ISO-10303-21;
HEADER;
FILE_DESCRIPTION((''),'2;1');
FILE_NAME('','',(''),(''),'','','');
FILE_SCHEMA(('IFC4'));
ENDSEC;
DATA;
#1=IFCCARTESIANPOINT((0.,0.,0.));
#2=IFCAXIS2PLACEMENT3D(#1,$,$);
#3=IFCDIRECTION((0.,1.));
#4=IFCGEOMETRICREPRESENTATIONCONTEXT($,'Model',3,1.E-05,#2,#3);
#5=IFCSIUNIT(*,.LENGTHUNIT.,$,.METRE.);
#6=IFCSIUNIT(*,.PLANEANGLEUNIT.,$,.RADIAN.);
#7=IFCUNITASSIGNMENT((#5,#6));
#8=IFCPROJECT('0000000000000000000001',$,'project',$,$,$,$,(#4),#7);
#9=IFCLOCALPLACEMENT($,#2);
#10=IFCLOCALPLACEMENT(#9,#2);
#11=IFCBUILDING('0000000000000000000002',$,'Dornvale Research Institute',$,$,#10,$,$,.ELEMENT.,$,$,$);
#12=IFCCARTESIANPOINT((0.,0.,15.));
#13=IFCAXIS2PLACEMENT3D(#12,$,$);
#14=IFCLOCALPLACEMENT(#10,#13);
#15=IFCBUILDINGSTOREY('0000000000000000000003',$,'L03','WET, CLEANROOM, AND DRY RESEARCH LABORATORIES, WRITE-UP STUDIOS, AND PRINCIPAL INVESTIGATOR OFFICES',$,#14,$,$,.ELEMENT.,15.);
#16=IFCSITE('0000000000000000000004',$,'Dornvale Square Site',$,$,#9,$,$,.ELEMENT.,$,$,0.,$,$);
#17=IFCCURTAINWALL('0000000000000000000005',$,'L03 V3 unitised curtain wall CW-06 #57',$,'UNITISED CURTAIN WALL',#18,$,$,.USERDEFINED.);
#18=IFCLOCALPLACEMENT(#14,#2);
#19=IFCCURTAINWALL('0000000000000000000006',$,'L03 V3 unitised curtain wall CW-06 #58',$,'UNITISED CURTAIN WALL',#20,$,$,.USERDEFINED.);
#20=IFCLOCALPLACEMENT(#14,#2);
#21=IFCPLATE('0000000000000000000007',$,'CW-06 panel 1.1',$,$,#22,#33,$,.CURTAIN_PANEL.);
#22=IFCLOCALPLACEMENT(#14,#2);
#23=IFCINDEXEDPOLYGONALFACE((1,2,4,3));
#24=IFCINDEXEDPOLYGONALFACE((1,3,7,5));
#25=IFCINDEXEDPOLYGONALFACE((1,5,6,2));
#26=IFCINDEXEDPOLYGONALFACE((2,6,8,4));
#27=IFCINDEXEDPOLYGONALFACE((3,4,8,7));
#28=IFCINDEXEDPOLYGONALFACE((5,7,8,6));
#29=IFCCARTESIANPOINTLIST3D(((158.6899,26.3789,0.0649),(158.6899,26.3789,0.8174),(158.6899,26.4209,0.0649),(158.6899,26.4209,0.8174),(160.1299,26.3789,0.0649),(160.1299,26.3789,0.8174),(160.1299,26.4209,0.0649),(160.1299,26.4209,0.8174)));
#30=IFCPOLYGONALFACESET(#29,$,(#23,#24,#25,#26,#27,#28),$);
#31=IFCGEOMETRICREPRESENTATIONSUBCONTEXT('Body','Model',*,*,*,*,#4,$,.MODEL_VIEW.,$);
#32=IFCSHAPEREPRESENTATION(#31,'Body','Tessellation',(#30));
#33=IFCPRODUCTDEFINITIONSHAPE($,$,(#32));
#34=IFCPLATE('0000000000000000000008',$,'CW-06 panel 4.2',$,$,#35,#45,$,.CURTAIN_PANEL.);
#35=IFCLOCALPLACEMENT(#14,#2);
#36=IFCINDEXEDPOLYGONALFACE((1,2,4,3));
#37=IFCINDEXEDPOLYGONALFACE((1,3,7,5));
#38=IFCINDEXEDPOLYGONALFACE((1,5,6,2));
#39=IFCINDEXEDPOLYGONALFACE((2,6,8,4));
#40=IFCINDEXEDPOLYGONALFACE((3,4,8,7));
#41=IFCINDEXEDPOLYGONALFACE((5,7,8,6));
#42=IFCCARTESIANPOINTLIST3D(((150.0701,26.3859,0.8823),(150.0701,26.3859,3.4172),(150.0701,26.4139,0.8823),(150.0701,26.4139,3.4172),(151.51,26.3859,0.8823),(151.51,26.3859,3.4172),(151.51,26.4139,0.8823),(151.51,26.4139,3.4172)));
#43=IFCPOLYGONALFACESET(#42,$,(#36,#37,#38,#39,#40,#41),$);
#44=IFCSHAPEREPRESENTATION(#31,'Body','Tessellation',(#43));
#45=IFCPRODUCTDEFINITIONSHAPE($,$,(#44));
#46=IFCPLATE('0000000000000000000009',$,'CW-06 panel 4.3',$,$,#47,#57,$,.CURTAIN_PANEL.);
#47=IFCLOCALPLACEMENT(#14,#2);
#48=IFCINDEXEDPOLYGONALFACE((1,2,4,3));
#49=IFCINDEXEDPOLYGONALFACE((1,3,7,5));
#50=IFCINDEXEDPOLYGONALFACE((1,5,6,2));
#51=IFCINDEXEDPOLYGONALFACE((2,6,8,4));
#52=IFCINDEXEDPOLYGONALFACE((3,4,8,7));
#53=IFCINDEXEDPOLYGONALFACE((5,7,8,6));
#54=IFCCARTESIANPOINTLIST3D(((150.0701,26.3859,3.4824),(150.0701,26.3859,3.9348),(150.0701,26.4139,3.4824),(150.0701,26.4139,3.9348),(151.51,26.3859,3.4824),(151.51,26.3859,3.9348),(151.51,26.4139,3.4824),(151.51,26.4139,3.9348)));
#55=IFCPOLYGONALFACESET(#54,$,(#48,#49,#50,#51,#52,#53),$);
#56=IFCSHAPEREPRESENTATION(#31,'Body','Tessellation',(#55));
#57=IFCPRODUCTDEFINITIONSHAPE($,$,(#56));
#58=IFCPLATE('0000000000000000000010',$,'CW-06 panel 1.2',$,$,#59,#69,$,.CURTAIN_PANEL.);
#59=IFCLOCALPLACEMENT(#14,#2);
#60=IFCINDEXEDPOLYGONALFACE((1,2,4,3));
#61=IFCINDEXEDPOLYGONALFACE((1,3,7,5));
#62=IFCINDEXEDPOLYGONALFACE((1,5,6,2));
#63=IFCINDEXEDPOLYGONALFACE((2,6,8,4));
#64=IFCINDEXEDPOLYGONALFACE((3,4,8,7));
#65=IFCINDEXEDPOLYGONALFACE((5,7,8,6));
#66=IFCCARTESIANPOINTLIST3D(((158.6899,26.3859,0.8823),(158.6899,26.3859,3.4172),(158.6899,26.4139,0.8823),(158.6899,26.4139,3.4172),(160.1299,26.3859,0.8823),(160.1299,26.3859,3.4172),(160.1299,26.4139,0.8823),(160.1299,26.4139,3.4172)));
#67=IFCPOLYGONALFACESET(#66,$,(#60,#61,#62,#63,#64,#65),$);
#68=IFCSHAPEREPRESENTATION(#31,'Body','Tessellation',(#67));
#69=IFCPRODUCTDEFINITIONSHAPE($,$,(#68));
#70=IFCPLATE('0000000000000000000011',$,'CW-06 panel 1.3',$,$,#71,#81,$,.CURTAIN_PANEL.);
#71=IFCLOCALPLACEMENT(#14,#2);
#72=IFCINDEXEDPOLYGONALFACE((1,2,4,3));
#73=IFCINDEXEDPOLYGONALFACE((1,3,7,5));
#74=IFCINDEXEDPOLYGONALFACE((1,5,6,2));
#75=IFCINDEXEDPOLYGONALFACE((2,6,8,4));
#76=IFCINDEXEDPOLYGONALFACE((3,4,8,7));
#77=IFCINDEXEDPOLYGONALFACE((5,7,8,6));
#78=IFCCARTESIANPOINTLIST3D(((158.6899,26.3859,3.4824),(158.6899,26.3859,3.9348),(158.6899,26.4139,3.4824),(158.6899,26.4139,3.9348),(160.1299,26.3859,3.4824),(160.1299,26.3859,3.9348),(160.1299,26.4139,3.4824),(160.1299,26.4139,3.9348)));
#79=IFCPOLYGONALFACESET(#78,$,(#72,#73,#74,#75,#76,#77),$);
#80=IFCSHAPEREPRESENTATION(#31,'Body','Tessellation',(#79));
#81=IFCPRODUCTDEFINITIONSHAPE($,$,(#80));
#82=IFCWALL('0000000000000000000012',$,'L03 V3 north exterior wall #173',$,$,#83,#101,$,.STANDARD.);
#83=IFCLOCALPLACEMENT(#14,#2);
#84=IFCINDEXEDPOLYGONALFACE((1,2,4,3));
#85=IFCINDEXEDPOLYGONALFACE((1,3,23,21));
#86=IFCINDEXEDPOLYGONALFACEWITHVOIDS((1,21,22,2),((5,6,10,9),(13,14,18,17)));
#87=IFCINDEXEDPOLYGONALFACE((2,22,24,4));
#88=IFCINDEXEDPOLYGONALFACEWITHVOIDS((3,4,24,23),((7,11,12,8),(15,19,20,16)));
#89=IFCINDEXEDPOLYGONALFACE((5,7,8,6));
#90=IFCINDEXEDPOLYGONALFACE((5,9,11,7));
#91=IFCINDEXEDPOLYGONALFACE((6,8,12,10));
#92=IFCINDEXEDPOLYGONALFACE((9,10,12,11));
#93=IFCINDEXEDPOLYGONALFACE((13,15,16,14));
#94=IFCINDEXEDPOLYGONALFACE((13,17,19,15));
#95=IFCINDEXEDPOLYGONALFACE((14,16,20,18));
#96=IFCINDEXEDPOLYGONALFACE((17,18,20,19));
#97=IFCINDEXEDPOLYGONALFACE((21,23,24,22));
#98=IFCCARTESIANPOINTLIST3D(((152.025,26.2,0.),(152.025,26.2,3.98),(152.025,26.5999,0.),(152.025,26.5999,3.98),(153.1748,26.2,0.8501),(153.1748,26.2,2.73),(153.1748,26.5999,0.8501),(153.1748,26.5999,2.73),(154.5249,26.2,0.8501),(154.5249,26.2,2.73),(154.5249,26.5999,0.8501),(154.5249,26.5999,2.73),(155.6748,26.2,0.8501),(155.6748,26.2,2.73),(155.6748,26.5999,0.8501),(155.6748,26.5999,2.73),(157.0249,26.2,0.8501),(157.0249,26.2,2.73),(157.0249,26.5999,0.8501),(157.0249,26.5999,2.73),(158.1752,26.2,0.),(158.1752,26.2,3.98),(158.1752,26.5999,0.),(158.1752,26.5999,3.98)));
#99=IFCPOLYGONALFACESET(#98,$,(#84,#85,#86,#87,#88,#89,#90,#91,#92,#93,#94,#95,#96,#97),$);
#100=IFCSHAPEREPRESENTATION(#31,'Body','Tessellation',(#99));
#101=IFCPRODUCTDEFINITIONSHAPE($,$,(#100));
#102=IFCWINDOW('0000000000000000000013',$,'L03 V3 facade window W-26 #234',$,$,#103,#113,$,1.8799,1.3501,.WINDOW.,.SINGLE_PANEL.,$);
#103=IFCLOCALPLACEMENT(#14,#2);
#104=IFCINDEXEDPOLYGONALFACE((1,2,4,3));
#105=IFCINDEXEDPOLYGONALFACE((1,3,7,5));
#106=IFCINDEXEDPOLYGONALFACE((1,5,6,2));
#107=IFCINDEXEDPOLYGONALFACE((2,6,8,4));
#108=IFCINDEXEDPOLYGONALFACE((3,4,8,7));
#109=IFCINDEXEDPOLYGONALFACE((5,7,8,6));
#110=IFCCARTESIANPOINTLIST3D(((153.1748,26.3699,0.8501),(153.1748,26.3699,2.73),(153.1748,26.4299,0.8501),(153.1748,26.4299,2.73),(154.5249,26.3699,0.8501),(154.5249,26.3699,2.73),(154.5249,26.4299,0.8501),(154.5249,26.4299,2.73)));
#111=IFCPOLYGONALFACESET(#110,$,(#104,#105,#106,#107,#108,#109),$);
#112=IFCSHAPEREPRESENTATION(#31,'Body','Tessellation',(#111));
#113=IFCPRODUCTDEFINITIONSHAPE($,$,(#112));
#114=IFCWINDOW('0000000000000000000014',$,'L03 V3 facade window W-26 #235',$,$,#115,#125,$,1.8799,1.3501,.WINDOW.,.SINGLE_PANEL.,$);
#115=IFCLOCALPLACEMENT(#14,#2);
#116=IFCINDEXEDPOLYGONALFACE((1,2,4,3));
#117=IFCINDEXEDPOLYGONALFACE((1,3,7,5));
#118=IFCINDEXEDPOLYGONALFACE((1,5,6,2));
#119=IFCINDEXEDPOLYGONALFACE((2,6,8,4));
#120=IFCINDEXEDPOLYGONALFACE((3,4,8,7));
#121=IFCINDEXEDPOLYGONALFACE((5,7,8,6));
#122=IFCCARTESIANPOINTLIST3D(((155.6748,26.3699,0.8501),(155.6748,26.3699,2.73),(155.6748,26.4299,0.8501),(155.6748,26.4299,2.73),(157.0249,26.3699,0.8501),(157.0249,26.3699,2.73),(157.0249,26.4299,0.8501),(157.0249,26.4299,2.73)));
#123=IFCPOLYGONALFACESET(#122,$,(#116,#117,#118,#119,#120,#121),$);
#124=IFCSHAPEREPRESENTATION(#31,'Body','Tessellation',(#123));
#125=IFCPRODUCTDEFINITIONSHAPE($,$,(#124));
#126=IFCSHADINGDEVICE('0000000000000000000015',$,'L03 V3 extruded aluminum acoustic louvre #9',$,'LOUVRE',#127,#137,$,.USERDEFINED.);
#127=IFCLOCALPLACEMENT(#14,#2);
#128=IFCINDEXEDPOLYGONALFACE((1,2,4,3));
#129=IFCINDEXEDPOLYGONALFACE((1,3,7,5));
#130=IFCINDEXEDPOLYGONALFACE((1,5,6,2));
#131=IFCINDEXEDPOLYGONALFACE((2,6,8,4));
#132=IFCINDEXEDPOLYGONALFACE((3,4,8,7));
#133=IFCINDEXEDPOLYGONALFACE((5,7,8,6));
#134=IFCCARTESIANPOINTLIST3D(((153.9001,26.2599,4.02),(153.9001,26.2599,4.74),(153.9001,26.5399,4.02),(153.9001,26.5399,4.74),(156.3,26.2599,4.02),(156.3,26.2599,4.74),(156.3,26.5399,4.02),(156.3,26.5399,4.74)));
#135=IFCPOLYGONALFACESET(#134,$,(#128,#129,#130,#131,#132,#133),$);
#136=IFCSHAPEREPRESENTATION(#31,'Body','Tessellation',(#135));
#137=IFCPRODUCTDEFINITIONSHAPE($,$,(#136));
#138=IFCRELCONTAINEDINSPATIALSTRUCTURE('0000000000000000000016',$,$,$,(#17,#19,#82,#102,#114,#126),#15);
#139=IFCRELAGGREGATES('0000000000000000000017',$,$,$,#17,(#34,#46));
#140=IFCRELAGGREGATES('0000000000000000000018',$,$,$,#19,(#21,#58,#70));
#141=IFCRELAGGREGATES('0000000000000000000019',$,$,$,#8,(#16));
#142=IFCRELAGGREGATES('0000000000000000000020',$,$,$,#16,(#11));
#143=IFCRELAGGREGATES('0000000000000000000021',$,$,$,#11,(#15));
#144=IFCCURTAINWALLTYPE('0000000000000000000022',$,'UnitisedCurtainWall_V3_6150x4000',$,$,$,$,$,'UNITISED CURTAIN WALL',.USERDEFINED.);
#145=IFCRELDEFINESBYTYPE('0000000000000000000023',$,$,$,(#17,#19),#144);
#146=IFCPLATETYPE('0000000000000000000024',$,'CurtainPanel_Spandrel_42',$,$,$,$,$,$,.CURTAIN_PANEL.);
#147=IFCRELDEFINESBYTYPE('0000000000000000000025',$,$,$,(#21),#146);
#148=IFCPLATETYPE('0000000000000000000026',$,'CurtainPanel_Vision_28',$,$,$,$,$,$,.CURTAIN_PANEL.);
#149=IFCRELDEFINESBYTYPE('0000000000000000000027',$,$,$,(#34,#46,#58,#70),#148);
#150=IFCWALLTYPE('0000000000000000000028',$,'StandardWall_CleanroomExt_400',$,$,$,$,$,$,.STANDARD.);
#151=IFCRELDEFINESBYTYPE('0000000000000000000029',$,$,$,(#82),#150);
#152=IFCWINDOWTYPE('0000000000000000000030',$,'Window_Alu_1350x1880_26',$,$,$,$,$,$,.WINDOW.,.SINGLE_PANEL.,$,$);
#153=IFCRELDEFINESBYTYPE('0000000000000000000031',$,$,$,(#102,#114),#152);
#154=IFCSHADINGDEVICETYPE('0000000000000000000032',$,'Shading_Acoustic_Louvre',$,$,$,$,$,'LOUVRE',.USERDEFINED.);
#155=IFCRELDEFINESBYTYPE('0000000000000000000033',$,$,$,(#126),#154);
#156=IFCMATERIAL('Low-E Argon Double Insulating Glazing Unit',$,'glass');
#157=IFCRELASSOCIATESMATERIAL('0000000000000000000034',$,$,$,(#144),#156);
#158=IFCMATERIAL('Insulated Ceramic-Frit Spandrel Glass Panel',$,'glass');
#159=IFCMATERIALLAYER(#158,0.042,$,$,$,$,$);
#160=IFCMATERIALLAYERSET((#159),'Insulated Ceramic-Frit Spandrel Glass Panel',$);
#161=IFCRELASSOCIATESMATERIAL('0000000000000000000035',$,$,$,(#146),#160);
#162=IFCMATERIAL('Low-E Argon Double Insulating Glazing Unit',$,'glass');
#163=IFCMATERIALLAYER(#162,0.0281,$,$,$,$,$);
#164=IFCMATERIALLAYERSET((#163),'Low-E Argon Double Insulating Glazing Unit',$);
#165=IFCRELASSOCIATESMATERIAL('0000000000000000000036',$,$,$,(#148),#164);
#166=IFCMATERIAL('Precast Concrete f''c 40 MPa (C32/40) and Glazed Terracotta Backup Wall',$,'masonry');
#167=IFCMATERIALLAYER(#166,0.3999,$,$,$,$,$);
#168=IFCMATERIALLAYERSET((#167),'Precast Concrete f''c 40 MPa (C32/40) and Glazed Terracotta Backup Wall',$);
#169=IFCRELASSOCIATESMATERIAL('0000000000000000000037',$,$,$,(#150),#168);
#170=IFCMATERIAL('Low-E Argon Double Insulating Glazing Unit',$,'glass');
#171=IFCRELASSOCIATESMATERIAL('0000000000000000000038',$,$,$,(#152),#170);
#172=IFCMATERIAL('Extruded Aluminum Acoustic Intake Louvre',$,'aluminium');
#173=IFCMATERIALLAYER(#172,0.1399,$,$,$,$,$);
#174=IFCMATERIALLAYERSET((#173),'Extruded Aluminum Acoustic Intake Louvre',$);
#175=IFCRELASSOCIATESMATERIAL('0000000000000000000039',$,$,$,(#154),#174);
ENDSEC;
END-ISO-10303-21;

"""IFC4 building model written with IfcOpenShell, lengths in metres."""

from ifc_helpers import new_model, si_unit, direction, frame, frame_2d, origin, origin_2d, place, context, subcontext, project, spatial, rectangle, extrude, material, layer, layer_set, type_object, element, fill, aggregate, save


model = new_model("IFC4")

# Units and contexts
model_context = context("Model", 3, precision=1e-05, world=origin(), true_north=direction((0.0, 1.0)))
body_context = subcontext(model_context, "Body", "Model", "MODEL_VIEW")
ifc_project = project(units=[si_unit("LENGTHUNIT", "METRE"), si_unit("PLANEANGLEUNIT", "RADIAN")], contexts=[model_context])

# Site, building, storey
site_placement = place(None, origin())
site = spatial("IfcSite", under=ifc_project, at=site_placement, Name="Dornvale Square Site", CompositionType="ELEMENT", RefElevation=0.0)
building_placement = place(site_placement, origin())
building = spatial("IfcBuilding", under=site, at=building_placement, Name="Dornvale Research Institute", CompositionType="ELEMENT")
storey_placement = place(building_placement, frame((0.0, 0.0, 15.0)))
storey = spatial("IfcBuildingStorey", under=building, at=storey_placement, Name="L03", Description="WET, CLEANROOM, AND DRY RESEARCH LABORATORIES, WRITE-UP STUDIOS, AND PRINCIPAL INVESTIGATOR OFFICES", CompositionType="ELEMENT", Elevation=15.0)

# Curtain wall
ifc_material_1 = material(Name="Low-E Argon Double Insulating Glazing Unit", Category="glass")
curtain_wall_type = type_object("IfcCurtainWallType", Name="UnitisedCurtainWall_V3_6150x4000", ElementType="UNITISED CURTAIN WALL", PredefinedType="USERDEFINED", material=ifc_material_1)
curtain_wall_1_placement = place(storey_placement, origin())
curtain_wall_1 = element("IfcCurtainWall", 1, at=curtain_wall_1_placement, inside=storey, type_object=curtain_wall_type, Name="L03 V3 unitised curtain wall CW-06 #57", ObjectType="UNITISED CURTAIN WALL", PredefinedType="USERDEFINED")

# Curtain wall
curtain_wall_2_placement = place(storey_placement, origin())
curtain_wall_2 = element("IfcCurtainWall", 2, at=curtain_wall_2_placement, inside=storey, type_object=curtain_wall_type, Name="L03 V3 unitised curtain wall CW-06 #58", ObjectType="UNITISED CURTAIN WALL", PredefinedType="USERDEFINED")

# Plates
ifc_material_2 = material(Name="Insulated Ceramic-Frit Spandrel Glass Panel", Category="glass")
ifc_layer_1 = layer(ifc_material_2, 0.042)
ifc_layer_set_1 = layer_set([ifc_layer_1], Name="Insulated Ceramic-Frit Spandrel Glass Panel")
plate_type_1 = type_object("IfcPlateType", Name="CurtainPanel_Spandrel_42", PredefinedType="CURTAIN_PANEL", material=ifc_layer_set_1)
plate_1_placement = place(storey_placement, frame((159.4099, 26.3999, 0.0649), z_axis=(0.0, 0.0, 1.0), x_axis=(1.0, 0.0, 0.0)))
plate_1 = element("IfcPlate", 3, at=plate_1_placement, type_object=plate_type_1, Name="CW-06 panel 1.1", PredefinedType="CURTAIN_PANEL", context=body_context, shape_type="SweptSolid", body=[
    extrude(rectangle(XDim=1.4399, YDim=0.042, at=origin_2d()), origin(), (0.0, 0.0, 1.0), 0.7524),
])
ifc_material_3 = material(Name="Low-E Argon Double Insulating Glazing Unit", Category="glass")
ifc_layer_2 = layer(ifc_material_3, 0.0281)
ifc_layer_set_2 = layer_set([ifc_layer_2], Name="Low-E Argon Double Insulating Glazing Unit")
plate_type_2 = type_object("IfcPlateType", Name="CurtainPanel_Vision_28", PredefinedType="CURTAIN_PANEL", material=ifc_layer_set_2)
plate_2_placement = place(storey_placement, frame((150.79, 26.3999, 0.8823), z_axis=(0.0, 0.0, 1.0), x_axis=(1.0, 0.0, 0.0)))
plate_2 = element("IfcPlate", 4, at=plate_2_placement, type_object=plate_type_2, Name="CW-06 panel 4.2", PredefinedType="CURTAIN_PANEL", context=body_context, shape_type="SweptSolid", body=[
    extrude(rectangle(XDim=1.4399, YDim=0.0281, at=origin_2d()), origin(), (0.0, 0.0, 1.0), 2.5349),
])
plate_3_placement = place(storey_placement, frame((150.79, 26.3999, 3.4824), z_axis=(0.0, 0.0, 1.0), x_axis=(1.0, 0.0, 0.0)))
plate_3 = element("IfcPlate", 5, at=plate_3_placement, type_object=plate_type_2, Name="CW-06 panel 4.3", PredefinedType="CURTAIN_PANEL", context=body_context, shape_type="SweptSolid", body=[
    extrude(rectangle(XDim=1.4399, YDim=0.0281, at=origin_2d()), origin(), (0.0, 0.0, 1.0), 0.4524),
])
aggregate(curtain_wall_1, [plate_2, plate_3])
plate_4_placement = place(storey_placement, frame((159.4099, 26.3999, 0.8823), z_axis=(0.0, 0.0, 1.0), x_axis=(1.0, 0.0, 0.0)))
plate_4 = element("IfcPlate", 6, at=plate_4_placement, type_object=plate_type_2, Name="CW-06 panel 1.2", PredefinedType="CURTAIN_PANEL", context=body_context, shape_type="SweptSolid", body=[
    extrude(rectangle(XDim=1.4399, YDim=0.0281, at=origin_2d()), origin(), (0.0, 0.0, 1.0), 2.5349),
])
plate_5_placement = place(storey_placement, frame((159.4099, 26.3999, 3.4824), z_axis=(0.0, 0.0, 1.0), x_axis=(1.0, 0.0, 0.0)))
plate_5 = element("IfcPlate", 7, at=plate_5_placement, type_object=plate_type_2, Name="CW-06 panel 1.3", PredefinedType="CURTAIN_PANEL", context=body_context, shape_type="SweptSolid", body=[
    extrude(rectangle(XDim=1.4399, YDim=0.0281, at=origin_2d()), origin(), (0.0, 0.0, 1.0), 0.4524),
])
aggregate(curtain_wall_2, [plate_1, plate_4, plate_5])

# Wall, openings, windows
ifc_material_4 = material(Name="Precast Concrete f'c 40 MPa (C32/40) and Glazed Terracotta Backup Wall", Category="masonry")
ifc_layer_3 = layer(ifc_material_4, 0.3999)
ifc_layer_set_3 = layer_set([ifc_layer_3], Name="Precast Concrete f'c 40 MPa (C32/40) and Glazed Terracotta Backup Wall")
wall_type = type_object("IfcWallType", Name="StandardWall_CleanroomExt_400", PredefinedType="STANDARD", material=ifc_layer_set_3)
wall_placement = place(storey_placement, frame((152.0249, 26.3999, 0.0), z_axis=(0.0, 0.0, 1.0), x_axis=(1.0, 0.0, 0.0)))
wall = element("IfcWall", 8, at=wall_placement, inside=storey, type_object=wall_type, Name="L03 V3 north exterior wall #173", PredefinedType="STANDARD", context=body_context, shape_type="SweptSolid", body=[
    extrude(rectangle(XDim=6.1501, YDim=0.3999, at=frame_2d((3.0752, 0.0))), origin(), (0.0, 0.0, 1.0), 3.98),
])
opening_1_placement = place(wall_placement, frame((1.1499, 0.0, 0.8501)))
opening_1 = element("IfcOpeningElement", 9, at=opening_1_placement, cuts=wall, PredefinedType="OPENING", context=body_context, shape_type="SweptSolid", body=[
    extrude(rectangle(XDim=1.3501, YDim=1.8799, at=frame_2d((0.675, 0.9399))), frame((0.0, 0.2148, 0.0), z_axis=(0.0, -1.0, 0.0), x_axis=(1.0, 0.0, 0.0)), (0.0, 0.0, 1.0), 0.4299),
])
opening_2_placement = place(wall_placement, frame((3.6499, 0.0, 0.8501)))
opening_2 = element("IfcOpeningElement", 10, at=opening_2_placement, cuts=wall, PredefinedType="OPENING", context=body_context, shape_type="SweptSolid", body=[
    extrude(rectangle(XDim=1.3501, YDim=1.8799, at=frame_2d((0.675, 0.9399))), frame((0.0, 0.2148, 0.0), z_axis=(0.0, -1.0, 0.0), x_axis=(1.0, 0.0, 0.0)), (0.0, 0.0, 1.0), 0.4299),
])
ifc_material_5 = material(Name="Low-E Argon Double Insulating Glazing Unit", Category="glass")
window_type = type_object("IfcWindowType", Name="Window_Alu_1350x1880_26", PartitioningType="SINGLE_PANEL", PredefinedType="WINDOW", material=ifc_material_5)
window_1_placement = place(opening_1_placement, origin())
window_1 = element("IfcWindow", 11, at=window_1_placement, inside=storey, type_object=window_type, Name="L03 V3 facade window W-26 #234", OverallHeight=1.8799, OverallWidth=1.3501, PartitioningType="SINGLE_PANEL", PredefinedType="WINDOW", context=body_context, shape_type="SweptSolid", body=[
    extrude(rectangle(XDim=1.3501, YDim=1.8799, at=frame_2d((0.675, 0.9399))), frame((0.0, 0.03, 0.0), z_axis=(0.0, -1.0, 0.0), x_axis=(1.0, 0.0, 0.0)), (0.0, 0.0, 1.0), 0.0601),
])
fill(opening_1, window_1)
window_2_placement = place(opening_2_placement, origin())
window_2 = element("IfcWindow", 12, at=window_2_placement, inside=storey, type_object=window_type, Name="L03 V3 facade window W-26 #235", OverallHeight=1.8799, OverallWidth=1.3501, PartitioningType="SINGLE_PANEL", PredefinedType="WINDOW", context=body_context, shape_type="SweptSolid", body=[
    extrude(rectangle(XDim=1.3501, YDim=1.8799, at=frame_2d((0.675, 0.9399))), frame((0.0, 0.03, 0.0), z_axis=(0.0, -1.0, 0.0), x_axis=(1.0, 0.0, 0.0)), (0.0, 0.0, 1.0), 0.0601),
])
fill(opening_2, window_2)

# Shading device
ifc_material_6 = material(Name="Extruded Aluminum Acoustic Intake Louvre", Category="aluminium")
ifc_layer_4 = layer(ifc_material_6, 0.1399)
ifc_layer_set_4 = layer_set([ifc_layer_4], Name="Extruded Aluminum Acoustic Intake Louvre")
shading_device_type = type_object("IfcShadingDeviceType", Name="Shading_Acoustic_Louvre", ElementType="LOUVRE", PredefinedType="USERDEFINED", material=ifc_layer_set_4)
shading_device_placement = place(storey_placement, frame((155.1001, 26.3999, 4.02), z_axis=(0.0, 0.0, 1.0), x_axis=(1.0, 0.0, 0.0)))
element("IfcShadingDevice", 13, at=shading_device_placement, inside=storey, type_object=shading_device_type, Name="L03 V3 extruded aluminum acoustic louvre #9", ObjectType="LOUVRE", PredefinedType="USERDEFINED", context=body_context, shape_type="SweptSolid", body=[
    extrude(rectangle(XDim=2.3999, YDim=0.28, at=origin_2d()), origin(), (0.0, 0.0, 1.0), 0.72),
])

save(model, "model.ifc")
